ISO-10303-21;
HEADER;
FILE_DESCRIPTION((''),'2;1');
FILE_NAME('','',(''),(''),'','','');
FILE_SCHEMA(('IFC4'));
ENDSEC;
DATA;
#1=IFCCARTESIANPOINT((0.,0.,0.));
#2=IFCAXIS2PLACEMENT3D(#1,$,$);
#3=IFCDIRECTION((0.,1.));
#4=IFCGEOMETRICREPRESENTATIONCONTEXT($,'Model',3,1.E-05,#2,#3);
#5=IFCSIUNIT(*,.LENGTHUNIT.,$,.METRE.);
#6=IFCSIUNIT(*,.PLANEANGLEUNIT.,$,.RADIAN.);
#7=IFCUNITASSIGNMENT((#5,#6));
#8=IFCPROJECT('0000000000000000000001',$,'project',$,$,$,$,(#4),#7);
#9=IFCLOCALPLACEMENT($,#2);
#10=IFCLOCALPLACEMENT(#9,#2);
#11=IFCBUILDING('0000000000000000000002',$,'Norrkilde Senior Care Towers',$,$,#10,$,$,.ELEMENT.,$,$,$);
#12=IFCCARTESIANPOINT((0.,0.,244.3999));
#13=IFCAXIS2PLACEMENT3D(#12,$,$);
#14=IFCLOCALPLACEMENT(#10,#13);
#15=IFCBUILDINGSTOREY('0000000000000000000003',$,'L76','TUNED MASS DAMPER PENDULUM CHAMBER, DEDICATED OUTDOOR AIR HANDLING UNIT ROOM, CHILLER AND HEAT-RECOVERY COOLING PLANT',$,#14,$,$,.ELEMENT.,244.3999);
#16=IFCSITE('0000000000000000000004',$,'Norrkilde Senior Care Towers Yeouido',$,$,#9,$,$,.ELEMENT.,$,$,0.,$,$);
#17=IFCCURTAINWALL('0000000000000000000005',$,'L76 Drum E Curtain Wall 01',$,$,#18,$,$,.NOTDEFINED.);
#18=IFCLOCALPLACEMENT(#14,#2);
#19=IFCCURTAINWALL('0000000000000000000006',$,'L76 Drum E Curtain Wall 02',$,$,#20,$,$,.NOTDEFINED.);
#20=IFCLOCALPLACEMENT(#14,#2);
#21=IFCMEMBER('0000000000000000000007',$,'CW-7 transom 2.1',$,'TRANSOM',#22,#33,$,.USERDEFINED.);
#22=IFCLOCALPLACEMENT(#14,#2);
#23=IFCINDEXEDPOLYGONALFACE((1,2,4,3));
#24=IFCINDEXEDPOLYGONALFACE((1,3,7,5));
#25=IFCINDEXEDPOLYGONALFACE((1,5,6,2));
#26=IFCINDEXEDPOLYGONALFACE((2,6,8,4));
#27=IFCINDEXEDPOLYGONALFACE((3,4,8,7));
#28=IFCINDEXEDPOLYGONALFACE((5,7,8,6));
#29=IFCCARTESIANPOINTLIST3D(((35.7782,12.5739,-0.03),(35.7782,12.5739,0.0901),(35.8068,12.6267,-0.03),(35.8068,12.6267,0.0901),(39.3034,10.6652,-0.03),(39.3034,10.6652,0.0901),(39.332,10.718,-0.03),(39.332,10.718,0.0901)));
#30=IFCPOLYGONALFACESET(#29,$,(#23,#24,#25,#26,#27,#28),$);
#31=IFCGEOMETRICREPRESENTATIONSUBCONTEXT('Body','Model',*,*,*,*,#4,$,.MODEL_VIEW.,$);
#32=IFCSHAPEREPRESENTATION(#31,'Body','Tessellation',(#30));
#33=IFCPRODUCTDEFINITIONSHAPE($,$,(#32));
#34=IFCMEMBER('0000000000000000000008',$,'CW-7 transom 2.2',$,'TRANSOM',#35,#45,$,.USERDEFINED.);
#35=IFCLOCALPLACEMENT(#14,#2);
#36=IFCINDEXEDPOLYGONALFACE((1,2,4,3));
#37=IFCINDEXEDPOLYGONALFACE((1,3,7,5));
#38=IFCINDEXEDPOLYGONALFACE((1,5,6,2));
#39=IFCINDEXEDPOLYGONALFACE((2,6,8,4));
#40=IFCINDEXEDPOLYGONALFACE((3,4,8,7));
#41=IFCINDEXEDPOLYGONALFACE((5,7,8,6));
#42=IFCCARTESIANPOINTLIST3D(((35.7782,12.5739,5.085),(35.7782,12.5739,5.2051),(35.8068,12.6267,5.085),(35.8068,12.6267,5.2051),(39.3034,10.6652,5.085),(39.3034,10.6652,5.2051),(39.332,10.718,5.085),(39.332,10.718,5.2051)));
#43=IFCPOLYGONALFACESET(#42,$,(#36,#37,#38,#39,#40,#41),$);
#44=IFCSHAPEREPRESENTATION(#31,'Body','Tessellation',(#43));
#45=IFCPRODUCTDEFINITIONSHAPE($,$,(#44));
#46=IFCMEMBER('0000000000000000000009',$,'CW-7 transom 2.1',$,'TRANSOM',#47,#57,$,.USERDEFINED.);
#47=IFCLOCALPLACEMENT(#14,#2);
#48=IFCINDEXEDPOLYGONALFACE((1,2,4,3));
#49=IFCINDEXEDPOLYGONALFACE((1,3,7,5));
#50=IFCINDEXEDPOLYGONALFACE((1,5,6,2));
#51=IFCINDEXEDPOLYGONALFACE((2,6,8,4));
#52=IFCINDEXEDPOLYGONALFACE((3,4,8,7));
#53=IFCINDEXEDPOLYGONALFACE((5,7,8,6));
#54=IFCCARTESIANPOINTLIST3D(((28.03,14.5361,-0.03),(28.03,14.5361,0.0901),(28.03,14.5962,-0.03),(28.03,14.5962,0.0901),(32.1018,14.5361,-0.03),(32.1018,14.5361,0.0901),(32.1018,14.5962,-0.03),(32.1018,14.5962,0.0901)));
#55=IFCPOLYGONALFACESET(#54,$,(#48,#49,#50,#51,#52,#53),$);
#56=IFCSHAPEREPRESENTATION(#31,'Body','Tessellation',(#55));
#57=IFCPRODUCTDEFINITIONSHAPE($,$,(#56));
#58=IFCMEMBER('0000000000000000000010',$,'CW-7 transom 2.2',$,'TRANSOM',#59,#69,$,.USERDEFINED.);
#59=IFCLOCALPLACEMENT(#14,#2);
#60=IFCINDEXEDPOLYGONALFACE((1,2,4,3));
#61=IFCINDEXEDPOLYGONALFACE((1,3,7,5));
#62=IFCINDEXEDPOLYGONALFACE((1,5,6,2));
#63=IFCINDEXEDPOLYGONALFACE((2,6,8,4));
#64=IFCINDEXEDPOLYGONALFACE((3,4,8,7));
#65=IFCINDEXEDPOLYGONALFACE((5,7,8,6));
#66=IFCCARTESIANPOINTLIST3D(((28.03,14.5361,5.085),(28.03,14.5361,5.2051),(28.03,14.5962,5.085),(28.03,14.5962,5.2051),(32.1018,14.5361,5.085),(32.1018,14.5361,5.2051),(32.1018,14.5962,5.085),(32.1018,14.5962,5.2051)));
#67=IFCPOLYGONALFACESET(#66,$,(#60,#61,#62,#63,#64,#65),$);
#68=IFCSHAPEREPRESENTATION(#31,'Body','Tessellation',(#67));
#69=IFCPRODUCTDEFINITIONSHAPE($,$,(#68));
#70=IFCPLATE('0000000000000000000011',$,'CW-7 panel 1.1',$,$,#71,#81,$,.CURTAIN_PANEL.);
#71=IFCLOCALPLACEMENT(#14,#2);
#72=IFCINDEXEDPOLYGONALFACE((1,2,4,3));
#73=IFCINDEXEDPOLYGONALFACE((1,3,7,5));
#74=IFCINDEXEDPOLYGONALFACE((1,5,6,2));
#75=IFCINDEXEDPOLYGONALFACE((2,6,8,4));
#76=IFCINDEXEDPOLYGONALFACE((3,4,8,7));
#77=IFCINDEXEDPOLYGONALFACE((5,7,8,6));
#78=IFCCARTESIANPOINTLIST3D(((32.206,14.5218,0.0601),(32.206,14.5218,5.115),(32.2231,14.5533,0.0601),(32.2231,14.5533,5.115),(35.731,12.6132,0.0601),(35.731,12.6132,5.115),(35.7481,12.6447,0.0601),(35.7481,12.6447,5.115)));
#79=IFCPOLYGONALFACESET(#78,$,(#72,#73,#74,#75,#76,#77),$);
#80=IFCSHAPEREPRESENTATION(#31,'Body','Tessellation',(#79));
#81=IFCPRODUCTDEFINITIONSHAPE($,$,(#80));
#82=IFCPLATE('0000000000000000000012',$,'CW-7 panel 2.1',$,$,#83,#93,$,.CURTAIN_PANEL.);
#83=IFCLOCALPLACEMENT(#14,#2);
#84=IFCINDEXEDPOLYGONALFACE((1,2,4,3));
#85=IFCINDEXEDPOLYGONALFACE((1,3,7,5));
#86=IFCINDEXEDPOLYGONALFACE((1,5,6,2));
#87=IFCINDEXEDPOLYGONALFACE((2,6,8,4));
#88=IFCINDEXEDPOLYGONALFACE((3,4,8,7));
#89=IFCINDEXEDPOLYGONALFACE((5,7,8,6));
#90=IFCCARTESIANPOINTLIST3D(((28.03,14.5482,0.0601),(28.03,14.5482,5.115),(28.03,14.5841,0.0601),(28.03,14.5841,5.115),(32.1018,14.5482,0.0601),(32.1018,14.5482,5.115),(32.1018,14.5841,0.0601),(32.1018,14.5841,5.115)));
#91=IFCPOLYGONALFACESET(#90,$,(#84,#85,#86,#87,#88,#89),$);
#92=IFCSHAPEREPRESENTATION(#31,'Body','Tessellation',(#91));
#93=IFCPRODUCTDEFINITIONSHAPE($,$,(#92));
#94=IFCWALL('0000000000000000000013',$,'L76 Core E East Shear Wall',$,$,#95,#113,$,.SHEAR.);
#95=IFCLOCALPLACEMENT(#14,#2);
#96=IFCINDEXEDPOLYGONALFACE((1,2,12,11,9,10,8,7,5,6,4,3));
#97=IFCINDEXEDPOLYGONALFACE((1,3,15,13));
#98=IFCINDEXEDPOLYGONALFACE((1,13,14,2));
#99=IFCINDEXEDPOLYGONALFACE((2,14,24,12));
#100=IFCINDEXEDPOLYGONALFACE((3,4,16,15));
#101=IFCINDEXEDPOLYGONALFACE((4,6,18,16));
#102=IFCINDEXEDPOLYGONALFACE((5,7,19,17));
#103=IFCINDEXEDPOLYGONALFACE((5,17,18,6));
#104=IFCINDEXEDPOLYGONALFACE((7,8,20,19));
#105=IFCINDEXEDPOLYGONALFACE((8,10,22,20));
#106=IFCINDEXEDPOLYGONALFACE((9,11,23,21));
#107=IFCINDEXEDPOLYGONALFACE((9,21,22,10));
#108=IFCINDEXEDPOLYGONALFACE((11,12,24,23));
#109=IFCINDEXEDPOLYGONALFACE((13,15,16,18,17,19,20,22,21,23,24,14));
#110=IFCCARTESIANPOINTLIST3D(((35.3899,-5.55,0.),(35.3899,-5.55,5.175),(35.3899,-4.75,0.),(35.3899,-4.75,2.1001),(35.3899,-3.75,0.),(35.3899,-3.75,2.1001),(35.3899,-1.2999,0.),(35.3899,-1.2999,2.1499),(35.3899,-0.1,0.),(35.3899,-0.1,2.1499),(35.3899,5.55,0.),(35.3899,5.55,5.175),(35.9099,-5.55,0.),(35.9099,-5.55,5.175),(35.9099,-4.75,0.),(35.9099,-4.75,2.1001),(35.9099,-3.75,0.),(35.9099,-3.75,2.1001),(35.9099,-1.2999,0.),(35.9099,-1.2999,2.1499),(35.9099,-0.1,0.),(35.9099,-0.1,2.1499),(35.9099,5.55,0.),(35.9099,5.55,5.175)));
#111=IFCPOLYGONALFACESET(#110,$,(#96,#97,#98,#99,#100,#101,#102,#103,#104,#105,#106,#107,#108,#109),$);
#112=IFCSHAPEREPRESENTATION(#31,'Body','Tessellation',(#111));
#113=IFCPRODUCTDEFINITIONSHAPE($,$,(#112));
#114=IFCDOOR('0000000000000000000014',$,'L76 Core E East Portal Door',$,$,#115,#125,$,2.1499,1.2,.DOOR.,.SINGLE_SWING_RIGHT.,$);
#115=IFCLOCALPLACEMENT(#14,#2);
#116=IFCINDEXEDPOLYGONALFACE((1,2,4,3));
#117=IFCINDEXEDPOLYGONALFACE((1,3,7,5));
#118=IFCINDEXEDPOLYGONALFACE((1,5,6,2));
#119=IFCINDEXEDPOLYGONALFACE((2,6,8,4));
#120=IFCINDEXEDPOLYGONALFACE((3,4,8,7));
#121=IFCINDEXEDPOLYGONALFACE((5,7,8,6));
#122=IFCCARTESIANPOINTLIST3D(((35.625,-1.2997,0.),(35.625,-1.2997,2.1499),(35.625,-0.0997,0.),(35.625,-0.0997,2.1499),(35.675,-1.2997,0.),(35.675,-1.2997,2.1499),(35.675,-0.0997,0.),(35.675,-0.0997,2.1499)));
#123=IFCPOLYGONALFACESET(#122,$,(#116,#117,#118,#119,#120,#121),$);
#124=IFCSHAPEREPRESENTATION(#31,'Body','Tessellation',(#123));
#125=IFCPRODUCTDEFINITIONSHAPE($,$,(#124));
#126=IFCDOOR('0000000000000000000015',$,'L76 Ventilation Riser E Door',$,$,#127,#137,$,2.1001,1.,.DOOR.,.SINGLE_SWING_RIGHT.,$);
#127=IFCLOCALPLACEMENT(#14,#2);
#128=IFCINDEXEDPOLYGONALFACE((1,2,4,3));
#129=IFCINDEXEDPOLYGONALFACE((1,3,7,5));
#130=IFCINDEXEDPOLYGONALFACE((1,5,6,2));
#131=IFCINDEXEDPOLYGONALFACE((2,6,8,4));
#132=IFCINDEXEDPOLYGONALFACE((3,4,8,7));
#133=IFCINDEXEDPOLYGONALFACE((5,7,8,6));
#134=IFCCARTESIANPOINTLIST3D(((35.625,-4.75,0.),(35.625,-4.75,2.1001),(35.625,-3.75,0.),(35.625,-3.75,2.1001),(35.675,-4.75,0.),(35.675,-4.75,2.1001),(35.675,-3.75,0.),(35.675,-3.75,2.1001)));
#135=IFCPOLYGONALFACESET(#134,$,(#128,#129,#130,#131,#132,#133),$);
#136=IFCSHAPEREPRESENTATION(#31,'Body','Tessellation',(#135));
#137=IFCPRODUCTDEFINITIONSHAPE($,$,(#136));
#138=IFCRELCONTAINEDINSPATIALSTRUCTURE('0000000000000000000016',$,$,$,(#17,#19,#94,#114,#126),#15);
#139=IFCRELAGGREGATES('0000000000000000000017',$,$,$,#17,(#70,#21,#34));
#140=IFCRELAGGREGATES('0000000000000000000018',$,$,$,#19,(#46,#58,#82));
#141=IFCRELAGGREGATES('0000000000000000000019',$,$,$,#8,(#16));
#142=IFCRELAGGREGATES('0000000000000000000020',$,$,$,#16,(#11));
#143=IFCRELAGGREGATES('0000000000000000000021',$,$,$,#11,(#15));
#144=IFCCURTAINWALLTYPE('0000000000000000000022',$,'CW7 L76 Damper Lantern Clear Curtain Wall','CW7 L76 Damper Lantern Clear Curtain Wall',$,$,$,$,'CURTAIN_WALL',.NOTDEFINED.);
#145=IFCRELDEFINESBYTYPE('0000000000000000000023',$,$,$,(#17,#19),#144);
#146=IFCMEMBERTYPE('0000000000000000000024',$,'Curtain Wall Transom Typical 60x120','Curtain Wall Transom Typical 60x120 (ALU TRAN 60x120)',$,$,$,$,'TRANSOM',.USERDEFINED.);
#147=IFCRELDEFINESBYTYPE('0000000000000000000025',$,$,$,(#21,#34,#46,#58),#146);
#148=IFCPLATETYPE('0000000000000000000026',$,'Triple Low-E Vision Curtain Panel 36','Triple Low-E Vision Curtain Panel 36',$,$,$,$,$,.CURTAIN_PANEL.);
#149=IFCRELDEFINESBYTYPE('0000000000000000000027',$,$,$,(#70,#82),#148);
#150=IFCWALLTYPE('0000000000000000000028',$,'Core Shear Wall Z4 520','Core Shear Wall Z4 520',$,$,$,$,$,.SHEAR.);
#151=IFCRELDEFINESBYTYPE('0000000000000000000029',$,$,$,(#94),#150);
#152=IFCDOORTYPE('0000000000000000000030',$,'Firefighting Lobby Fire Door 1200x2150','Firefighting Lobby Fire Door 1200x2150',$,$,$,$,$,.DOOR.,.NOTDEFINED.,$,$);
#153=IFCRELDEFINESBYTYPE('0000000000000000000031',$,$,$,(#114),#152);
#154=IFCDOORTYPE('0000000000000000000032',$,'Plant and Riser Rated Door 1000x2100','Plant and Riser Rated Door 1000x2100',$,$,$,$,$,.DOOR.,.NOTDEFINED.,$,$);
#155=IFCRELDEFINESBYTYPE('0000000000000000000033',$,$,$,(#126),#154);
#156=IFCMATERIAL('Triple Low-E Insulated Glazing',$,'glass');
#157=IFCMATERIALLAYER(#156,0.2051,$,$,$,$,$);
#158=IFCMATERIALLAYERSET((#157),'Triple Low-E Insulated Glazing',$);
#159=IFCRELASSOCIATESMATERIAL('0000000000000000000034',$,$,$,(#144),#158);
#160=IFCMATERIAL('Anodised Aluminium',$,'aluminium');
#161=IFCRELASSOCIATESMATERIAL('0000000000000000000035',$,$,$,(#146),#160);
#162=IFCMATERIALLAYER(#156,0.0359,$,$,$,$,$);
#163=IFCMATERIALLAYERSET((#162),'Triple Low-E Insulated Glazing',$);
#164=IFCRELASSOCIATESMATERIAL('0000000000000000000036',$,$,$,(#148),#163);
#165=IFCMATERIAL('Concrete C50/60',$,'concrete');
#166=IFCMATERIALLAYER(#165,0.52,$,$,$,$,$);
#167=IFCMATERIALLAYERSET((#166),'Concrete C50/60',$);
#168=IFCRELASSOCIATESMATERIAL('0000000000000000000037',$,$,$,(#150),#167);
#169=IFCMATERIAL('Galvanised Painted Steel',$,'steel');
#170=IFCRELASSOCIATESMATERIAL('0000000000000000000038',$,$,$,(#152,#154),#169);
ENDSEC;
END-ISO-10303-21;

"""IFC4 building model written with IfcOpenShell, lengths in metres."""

from ifc_helpers import new_model, si_unit, direction, frame, frame_2d, origin, origin_2d, place, context, subcontext, project, spatial, rectangle, extrude, source, transform, mapped, material, layer, layer_set, material_profile, profile_set, type_object, type_shapes, element, fill, aggregate, save


model = new_model("IFC4")

# Units and contexts
model_context = context("Model", 3, precision=1e-05, world=origin(), true_north=direction((0.0, 1.0)))
body_context = subcontext(model_context, "Body", "Model", "MODEL_VIEW")
ifc_project = project(units=[si_unit("LENGTHUNIT", "METRE"), si_unit("PLANEANGLEUNIT", "RADIAN")], contexts=[model_context])

# Site, building, storey
site_placement = place(None, origin())
site = spatial("IfcSite", under=ifc_project, at=site_placement, Name="Norrkilde Senior Care Towers Yeouido", CompositionType="ELEMENT", RefElevation=0.0)
building_placement = place(site_placement, origin())
building = spatial("IfcBuilding", under=site, at=building_placement, Name="Norrkilde Senior Care Towers", CompositionType="ELEMENT")
storey_placement = place(building_placement, frame((0.0, 0.0, 244.3999)))
storey = spatial("IfcBuildingStorey", under=building, at=storey_placement, Name="L76", Description="TUNED MASS DAMPER PENDULUM CHAMBER, DEDICATED OUTDOOR AIR HANDLING UNIT ROOM, CHILLER AND HEAT-RECOVERY COOLING PLANT", CompositionType="ELEMENT", Elevation=244.3999)

# Shared definitions
ifc_material_1 = material(Name="Concrete C50/60", Category="concrete")

# Curtain walls
ifc_material_2 = material(Name="Triple Low-E Insulated Glazing", Category="glass")
ifc_layer_1 = layer(ifc_material_2, 0.2051)
ifc_layer_set_1 = layer_set([ifc_layer_1], Name="Triple Low-E Insulated Glazing")
curtain_wall_type = type_object("IfcCurtainWallType", Name="CW7 L76 Damper Lantern Clear Curtain Wall", Description="CW7 L76 Damper Lantern Clear Curtain Wall", ElementType="CURTAIN_WALL", PredefinedType="NOTDEFINED", material=ifc_layer_set_1)
curtain_wall_1_placement = place(storey_placement, origin())
curtain_wall_1 = element("IfcCurtainWall", 1, at=curtain_wall_1_placement, inside=storey, type_object=curtain_wall_type, Name="L76 Drum E Curtain Wall 01", PredefinedType="NOTDEFINED")
ifc_material_3 = material(Name="Anodised Aluminium", Category="aluminium")
curtain_wall_2_placement = place(storey_placement, origin())
curtain_wall_2 = element("IfcCurtainWall", 2, at=curtain_wall_2_placement, inside=storey, type_object=curtain_wall_type, Name="L76 Drum E Curtain Wall 02", PredefinedType="NOTDEFINED")

# Members
ifc_material_profile_1 = material_profile(ifc_material_3, rectangle(XDim=0.0601, YDim=0.1201, at=origin_2d()), Name="ALU TRAN 60x120")
ifc_profile_set_1 = profile_set([ifc_material_profile_1], Name="Anodised Aluminium")
member_type_1 = type_object("IfcMemberType", Name="Curtain Wall Transom Typical 60x120", Description="Curtain Wall Transom Typical 60x120 (ALU TRAN 60x120)", ElementType="TRANSOM", PredefinedType="USERDEFINED", material=ifc_profile_set_1)
shared_shape_1 = source(origin(), body_context, "Body", "SweptSolid", [
    extrude(rectangle(XDim=0.0601, YDim=0.1201, at=origin_2d()), origin(), (0.0, 0.0, 1.0), 4.0088),
])
member_1_placement = place(storey_placement, frame((35.7925, 12.6003, 0.03), z_axis=(0.879372, -0.476136, 0.0), x_axis=(0.476136, 0.879372, 0.0)))
member_1 = element("IfcMember", 3, at=member_1_placement, type_object=member_type_1, Name="CW-7 transom 2.1", ObjectType="TRANSOM", PredefinedType="USERDEFINED", context=body_context, shape_type="MappedRepresentation", body=[
    mapped(shared_shape_1, transform((0.0, 0.0, 0.0), x_axis=(1.0, 0.0, 0.0), y_axis=(0.0, 1.0, 0.0), z_axis=(0.0, 0.0, 1.0), scale=1.0)),
])
member_2_placement = place(storey_placement, frame((35.7925, 12.6003, 5.145), z_axis=(0.879372, -0.476136, 0.0), x_axis=(0.476136, 0.879372, 0.0)))
member_2 = element("IfcMember", 4, at=member_2_placement, type_object=member_type_1, Name="CW-7 transom 2.2", ObjectType="TRANSOM", PredefinedType="USERDEFINED", context=body_context, shape_type="MappedRepresentation", body=[
    mapped(shared_shape_1, transform((0.0, 0.0, 0.0), x_axis=(1.0, 0.0, 0.0), y_axis=(0.0, 1.0, 0.0), z_axis=(0.0, 0.0, 1.0), scale=1.0)),
])
shared_shape_2 = source(origin(), body_context, "Body", "SweptSolid", [
    extrude(rectangle(XDim=0.0601, YDim=0.1201, at=origin_2d()), origin(), (0.0, 0.0, 1.0), 4.0718),
])
type_shapes(member_type_1, [shared_shape_1, shared_shape_2])
member_3_placement = place(storey_placement, frame((28.03, 14.5662, 0.03), z_axis=(1.0, 0.0, 0.0), x_axis=(0.0, 1.0, 0.0)))
member_3 = element("IfcMember", 5, at=member_3_placement, type_object=member_type_1, Name="CW-7 transom 2.1", ObjectType="TRANSOM", PredefinedType="USERDEFINED", context=body_context, shape_type="MappedRepresentation", body=[
    mapped(shared_shape_2, transform((0.0, 0.0, 0.0), x_axis=(1.0, 0.0, 0.0), y_axis=(0.0, 1.0, 0.0), z_axis=(0.0, 0.0, 1.0), scale=1.0)),
])
member_4_placement = place(storey_placement, frame((28.03, 14.5662, 5.145), z_axis=(1.0, 0.0, 0.0), x_axis=(0.0, 1.0, 0.0)))
member_4 = element("IfcMember", 6, at=member_4_placement, type_object=member_type_1, Name="CW-7 transom 2.2", ObjectType="TRANSOM", PredefinedType="USERDEFINED", context=body_context, shape_type="MappedRepresentation", body=[
    mapped(shared_shape_2, transform((0.0, 0.0, 0.0), x_axis=(1.0, 0.0, 0.0), y_axis=(0.0, 1.0, 0.0), z_axis=(0.0, 0.0, 1.0), scale=1.0)),
])

# Plates
ifc_layer_2 = layer(ifc_material_2, 0.0359)
ifc_layer_set_2 = layer_set([ifc_layer_2], Name="Triple Low-E Insulated Glazing")
plate_type = type_object("IfcPlateType", Name="Triple Low-E Vision Curtain Panel 36", Description="Triple Low-E Vision Curtain Panel 36", PredefinedType="CURTAIN_PANEL", material=ifc_layer_set_2)
shared_shape_3 = source(origin(), body_context, "Body", "SweptSolid", [
    extrude(rectangle(XDim=4.0085, YDim=0.0359, at=origin_2d()), origin(), (0.0, 0.0, 1.0), 5.0549),
])
plate_1_placement = place(storey_placement, frame((33.9771, 13.5833, 0.0601), z_axis=(0.0, 0.0, 1.0), x_axis=(0.879373, -0.476133, 0.0)))
plate_1 = element("IfcPlate", 7, at=plate_1_placement, type_object=plate_type, Name="CW-7 panel 1.1", PredefinedType="CURTAIN_PANEL", context=body_context, shape_type="MappedRepresentation", body=[
    mapped(shared_shape_3, transform((0.0, 0.0, 0.0), x_axis=(1.0, 0.0, 0.0), y_axis=(0.0, 1.0, 0.0), z_axis=(0.0, 0.0, 1.0), scale=1.0)),
])
aggregate(curtain_wall_1, [plate_1, member_1, member_2])
shared_shape_4 = source(origin(), body_context, "Body", "SweptSolid", [
    extrude(rectangle(XDim=4.0718, YDim=0.0359, at=origin_2d()), origin(), (0.0, 0.0, 1.0), 5.0549),
])
type_shapes(plate_type, [shared_shape_3, shared_shape_4])
plate_2_placement = place(storey_placement, frame((30.0659, 14.5662, 0.0601), z_axis=(0.0, 0.0, 1.0), x_axis=(1.0, 0.0, 0.0)))
plate_2 = element("IfcPlate", 8, at=plate_2_placement, type_object=plate_type, Name="CW-7 panel 2.1", PredefinedType="CURTAIN_PANEL", context=body_context, shape_type="MappedRepresentation", body=[
    mapped(shared_shape_4, transform((0.0, 0.0, 0.0), x_axis=(1.0, 0.0, 0.0), y_axis=(0.0, 1.0, 0.0), z_axis=(0.0, 0.0, 1.0), scale=1.0)),
])
aggregate(curtain_wall_2, [member_3, member_4, plate_2])

# Wall, openings, doors
ifc_layer_3 = layer(ifc_material_1, 0.52)
ifc_layer_set_3 = layer_set([ifc_layer_3], Name="Concrete C50/60")
wall_type_1 = type_object("IfcWallType", Name="Core Shear Wall Z4 520", Description="Core Shear Wall Z4 520", PredefinedType="SHEAR", material=ifc_layer_set_3)
shared_shape_5 = source(origin(), body_context, "Body", "SweptSolid", [
    extrude(rectangle(XDim=11.1001, YDim=0.52, at=frame_2d((5.55, 0.0))), origin(), (0.0, 0.0, 1.0), 5.175),
])
type_shapes(wall_type_1, [shared_shape_5])
wall_1_placement = place(storey_placement, frame((35.6499, 5.55, 0.0), z_axis=(0.0, 0.0, 1.0), x_axis=(0.0, -1.0, 0.0)))
wall_1 = element("IfcWall", 9, at=wall_1_placement, inside=storey, type_object=wall_type_1, Name="L76 Core E East Shear Wall", PredefinedType="SHEAR", context=body_context, shape_type="MappedRepresentation", body=[
    mapped(shared_shape_5, transform((0.0, 0.0, 0.0), x_axis=(1.0, 0.0, 0.0), y_axis=(0.0, 1.0, 0.0), z_axis=(0.0, 0.0, 1.0), scale=1.0)),
])
opening_1_placement = place(wall_1_placement, frame((5.6499, 0.0, 0.0)))
opening_1 = element("IfcOpeningElement", 10, at=opening_1_placement, cuts=wall_1, PredefinedType="OPENING", context=body_context, shape_type="SweptSolid", body=[
    extrude(rectangle(XDim=1.2, YDim=2.1499, at=frame_2d((0.6001, 1.075))), frame((0.0, 0.27, 0.0), z_axis=(0.0, -1.0, 0.0), x_axis=(1.0, 0.0, 0.0)), (0.0, 0.0, 1.0), 0.54),
])
opening_2_placement = place(wall_1_placement, frame((9.3, 0.0, 0.0)))
opening_2 = element("IfcOpeningElement", 11, at=opening_2_placement, cuts=wall_1, PredefinedType="OPENING", context=body_context, shape_type="SweptSolid", body=[
    extrude(rectangle(XDim=1.0, YDim=2.1001, at=frame_2d((0.5, 1.05))), frame((0.0, 0.27, 0.0), z_axis=(0.0, -1.0, 0.0), x_axis=(1.0, 0.0, 0.0)), (0.0, 0.0, 1.0), 0.54),
])
ifc_material_4 = material(Name="Galvanised Painted Steel", Category="steel")
door_type_1 = type_object("IfcDoorType", Name="Firefighting Lobby Fire Door 1200x2150", Description="Firefighting Lobby Fire Door 1200x2150", OperationType="NOTDEFINED", PredefinedType="DOOR", material=ifc_material_4)
shared_shape_6 = source(origin(), body_context, "Body", "SweptSolid", [
    extrude(rectangle(XDim=1.2, YDim=2.1499, at=frame_2d((0.6001, 1.075))), frame((0.0, 0.0249, 0.0), z_axis=(0.0, -1.0, 0.0), x_axis=(1.0, 0.0, 0.0)), (0.0, 0.0, 1.0), 0.05),
])
type_shapes(door_type_1, [shared_shape_6])
door_1_placement = place(opening_1_placement, frame((1.2, 0.0, 0.0), z_axis=(0.0, 0.0, 1.0), x_axis=(-1.0, 0.0, 0.0)))
door_1 = element("IfcDoor", 12, at=door_1_placement, inside=storey, type_object=door_type_1, Name="L76 Core E East Portal Door", OperationType="SINGLE_SWING_RIGHT", OverallHeight=2.1499, OverallWidth=1.2, PredefinedType="DOOR", context=body_context, shape_type="MappedRepresentation", body=[
    mapped(shared_shape_6, transform((0.0, 0.0, 0.0), x_axis=(1.0, 0.0, 0.0), y_axis=(0.0, 1.0, 0.0), z_axis=(0.0, 0.0, 1.0), scale=1.0)),
])
fill(opening_1, door_1)
door_type_2 = type_object("IfcDoorType", Name="Plant and Riser Rated Door 1000x2100", Description="Plant and Riser Rated Door 1000x2100", OperationType="NOTDEFINED", PredefinedType="DOOR", material=ifc_material_4)
shared_shape_7 = source(origin(), body_context, "Body", "SweptSolid", [
    extrude(rectangle(XDim=1.0, YDim=2.1001, at=frame_2d((0.5, 1.05))), frame((0.0, 0.0249, 0.0), z_axis=(0.0, -1.0, 0.0), x_axis=(1.0, 0.0, 0.0)), (0.0, 0.0, 1.0), 0.05),
])
type_shapes(door_type_2, [shared_shape_7])
door_2_placement = place(opening_2_placement, frame((1.0, 0.0, 0.0), z_axis=(0.0, 0.0, 1.0), x_axis=(-1.0, 0.0, 0.0)))
door_2 = element("IfcDoor", 13, at=door_2_placement, inside=storey, type_object=door_type_2, Name="L76 Ventilation Riser E Door", OperationType="SINGLE_SWING_RIGHT", OverallHeight=2.1001, OverallWidth=1.0, PredefinedType="DOOR", context=body_context, shape_type="MappedRepresentation", body=[
    mapped(shared_shape_7, transform((0.0, 0.0, 0.0), x_axis=(1.0, 0.0, 0.0), y_axis=(0.0, 1.0, 0.0), z_axis=(0.0, 0.0, 1.0), scale=1.0)),
])
fill(opening_2, door_2)

save(model, "model.ifc")
